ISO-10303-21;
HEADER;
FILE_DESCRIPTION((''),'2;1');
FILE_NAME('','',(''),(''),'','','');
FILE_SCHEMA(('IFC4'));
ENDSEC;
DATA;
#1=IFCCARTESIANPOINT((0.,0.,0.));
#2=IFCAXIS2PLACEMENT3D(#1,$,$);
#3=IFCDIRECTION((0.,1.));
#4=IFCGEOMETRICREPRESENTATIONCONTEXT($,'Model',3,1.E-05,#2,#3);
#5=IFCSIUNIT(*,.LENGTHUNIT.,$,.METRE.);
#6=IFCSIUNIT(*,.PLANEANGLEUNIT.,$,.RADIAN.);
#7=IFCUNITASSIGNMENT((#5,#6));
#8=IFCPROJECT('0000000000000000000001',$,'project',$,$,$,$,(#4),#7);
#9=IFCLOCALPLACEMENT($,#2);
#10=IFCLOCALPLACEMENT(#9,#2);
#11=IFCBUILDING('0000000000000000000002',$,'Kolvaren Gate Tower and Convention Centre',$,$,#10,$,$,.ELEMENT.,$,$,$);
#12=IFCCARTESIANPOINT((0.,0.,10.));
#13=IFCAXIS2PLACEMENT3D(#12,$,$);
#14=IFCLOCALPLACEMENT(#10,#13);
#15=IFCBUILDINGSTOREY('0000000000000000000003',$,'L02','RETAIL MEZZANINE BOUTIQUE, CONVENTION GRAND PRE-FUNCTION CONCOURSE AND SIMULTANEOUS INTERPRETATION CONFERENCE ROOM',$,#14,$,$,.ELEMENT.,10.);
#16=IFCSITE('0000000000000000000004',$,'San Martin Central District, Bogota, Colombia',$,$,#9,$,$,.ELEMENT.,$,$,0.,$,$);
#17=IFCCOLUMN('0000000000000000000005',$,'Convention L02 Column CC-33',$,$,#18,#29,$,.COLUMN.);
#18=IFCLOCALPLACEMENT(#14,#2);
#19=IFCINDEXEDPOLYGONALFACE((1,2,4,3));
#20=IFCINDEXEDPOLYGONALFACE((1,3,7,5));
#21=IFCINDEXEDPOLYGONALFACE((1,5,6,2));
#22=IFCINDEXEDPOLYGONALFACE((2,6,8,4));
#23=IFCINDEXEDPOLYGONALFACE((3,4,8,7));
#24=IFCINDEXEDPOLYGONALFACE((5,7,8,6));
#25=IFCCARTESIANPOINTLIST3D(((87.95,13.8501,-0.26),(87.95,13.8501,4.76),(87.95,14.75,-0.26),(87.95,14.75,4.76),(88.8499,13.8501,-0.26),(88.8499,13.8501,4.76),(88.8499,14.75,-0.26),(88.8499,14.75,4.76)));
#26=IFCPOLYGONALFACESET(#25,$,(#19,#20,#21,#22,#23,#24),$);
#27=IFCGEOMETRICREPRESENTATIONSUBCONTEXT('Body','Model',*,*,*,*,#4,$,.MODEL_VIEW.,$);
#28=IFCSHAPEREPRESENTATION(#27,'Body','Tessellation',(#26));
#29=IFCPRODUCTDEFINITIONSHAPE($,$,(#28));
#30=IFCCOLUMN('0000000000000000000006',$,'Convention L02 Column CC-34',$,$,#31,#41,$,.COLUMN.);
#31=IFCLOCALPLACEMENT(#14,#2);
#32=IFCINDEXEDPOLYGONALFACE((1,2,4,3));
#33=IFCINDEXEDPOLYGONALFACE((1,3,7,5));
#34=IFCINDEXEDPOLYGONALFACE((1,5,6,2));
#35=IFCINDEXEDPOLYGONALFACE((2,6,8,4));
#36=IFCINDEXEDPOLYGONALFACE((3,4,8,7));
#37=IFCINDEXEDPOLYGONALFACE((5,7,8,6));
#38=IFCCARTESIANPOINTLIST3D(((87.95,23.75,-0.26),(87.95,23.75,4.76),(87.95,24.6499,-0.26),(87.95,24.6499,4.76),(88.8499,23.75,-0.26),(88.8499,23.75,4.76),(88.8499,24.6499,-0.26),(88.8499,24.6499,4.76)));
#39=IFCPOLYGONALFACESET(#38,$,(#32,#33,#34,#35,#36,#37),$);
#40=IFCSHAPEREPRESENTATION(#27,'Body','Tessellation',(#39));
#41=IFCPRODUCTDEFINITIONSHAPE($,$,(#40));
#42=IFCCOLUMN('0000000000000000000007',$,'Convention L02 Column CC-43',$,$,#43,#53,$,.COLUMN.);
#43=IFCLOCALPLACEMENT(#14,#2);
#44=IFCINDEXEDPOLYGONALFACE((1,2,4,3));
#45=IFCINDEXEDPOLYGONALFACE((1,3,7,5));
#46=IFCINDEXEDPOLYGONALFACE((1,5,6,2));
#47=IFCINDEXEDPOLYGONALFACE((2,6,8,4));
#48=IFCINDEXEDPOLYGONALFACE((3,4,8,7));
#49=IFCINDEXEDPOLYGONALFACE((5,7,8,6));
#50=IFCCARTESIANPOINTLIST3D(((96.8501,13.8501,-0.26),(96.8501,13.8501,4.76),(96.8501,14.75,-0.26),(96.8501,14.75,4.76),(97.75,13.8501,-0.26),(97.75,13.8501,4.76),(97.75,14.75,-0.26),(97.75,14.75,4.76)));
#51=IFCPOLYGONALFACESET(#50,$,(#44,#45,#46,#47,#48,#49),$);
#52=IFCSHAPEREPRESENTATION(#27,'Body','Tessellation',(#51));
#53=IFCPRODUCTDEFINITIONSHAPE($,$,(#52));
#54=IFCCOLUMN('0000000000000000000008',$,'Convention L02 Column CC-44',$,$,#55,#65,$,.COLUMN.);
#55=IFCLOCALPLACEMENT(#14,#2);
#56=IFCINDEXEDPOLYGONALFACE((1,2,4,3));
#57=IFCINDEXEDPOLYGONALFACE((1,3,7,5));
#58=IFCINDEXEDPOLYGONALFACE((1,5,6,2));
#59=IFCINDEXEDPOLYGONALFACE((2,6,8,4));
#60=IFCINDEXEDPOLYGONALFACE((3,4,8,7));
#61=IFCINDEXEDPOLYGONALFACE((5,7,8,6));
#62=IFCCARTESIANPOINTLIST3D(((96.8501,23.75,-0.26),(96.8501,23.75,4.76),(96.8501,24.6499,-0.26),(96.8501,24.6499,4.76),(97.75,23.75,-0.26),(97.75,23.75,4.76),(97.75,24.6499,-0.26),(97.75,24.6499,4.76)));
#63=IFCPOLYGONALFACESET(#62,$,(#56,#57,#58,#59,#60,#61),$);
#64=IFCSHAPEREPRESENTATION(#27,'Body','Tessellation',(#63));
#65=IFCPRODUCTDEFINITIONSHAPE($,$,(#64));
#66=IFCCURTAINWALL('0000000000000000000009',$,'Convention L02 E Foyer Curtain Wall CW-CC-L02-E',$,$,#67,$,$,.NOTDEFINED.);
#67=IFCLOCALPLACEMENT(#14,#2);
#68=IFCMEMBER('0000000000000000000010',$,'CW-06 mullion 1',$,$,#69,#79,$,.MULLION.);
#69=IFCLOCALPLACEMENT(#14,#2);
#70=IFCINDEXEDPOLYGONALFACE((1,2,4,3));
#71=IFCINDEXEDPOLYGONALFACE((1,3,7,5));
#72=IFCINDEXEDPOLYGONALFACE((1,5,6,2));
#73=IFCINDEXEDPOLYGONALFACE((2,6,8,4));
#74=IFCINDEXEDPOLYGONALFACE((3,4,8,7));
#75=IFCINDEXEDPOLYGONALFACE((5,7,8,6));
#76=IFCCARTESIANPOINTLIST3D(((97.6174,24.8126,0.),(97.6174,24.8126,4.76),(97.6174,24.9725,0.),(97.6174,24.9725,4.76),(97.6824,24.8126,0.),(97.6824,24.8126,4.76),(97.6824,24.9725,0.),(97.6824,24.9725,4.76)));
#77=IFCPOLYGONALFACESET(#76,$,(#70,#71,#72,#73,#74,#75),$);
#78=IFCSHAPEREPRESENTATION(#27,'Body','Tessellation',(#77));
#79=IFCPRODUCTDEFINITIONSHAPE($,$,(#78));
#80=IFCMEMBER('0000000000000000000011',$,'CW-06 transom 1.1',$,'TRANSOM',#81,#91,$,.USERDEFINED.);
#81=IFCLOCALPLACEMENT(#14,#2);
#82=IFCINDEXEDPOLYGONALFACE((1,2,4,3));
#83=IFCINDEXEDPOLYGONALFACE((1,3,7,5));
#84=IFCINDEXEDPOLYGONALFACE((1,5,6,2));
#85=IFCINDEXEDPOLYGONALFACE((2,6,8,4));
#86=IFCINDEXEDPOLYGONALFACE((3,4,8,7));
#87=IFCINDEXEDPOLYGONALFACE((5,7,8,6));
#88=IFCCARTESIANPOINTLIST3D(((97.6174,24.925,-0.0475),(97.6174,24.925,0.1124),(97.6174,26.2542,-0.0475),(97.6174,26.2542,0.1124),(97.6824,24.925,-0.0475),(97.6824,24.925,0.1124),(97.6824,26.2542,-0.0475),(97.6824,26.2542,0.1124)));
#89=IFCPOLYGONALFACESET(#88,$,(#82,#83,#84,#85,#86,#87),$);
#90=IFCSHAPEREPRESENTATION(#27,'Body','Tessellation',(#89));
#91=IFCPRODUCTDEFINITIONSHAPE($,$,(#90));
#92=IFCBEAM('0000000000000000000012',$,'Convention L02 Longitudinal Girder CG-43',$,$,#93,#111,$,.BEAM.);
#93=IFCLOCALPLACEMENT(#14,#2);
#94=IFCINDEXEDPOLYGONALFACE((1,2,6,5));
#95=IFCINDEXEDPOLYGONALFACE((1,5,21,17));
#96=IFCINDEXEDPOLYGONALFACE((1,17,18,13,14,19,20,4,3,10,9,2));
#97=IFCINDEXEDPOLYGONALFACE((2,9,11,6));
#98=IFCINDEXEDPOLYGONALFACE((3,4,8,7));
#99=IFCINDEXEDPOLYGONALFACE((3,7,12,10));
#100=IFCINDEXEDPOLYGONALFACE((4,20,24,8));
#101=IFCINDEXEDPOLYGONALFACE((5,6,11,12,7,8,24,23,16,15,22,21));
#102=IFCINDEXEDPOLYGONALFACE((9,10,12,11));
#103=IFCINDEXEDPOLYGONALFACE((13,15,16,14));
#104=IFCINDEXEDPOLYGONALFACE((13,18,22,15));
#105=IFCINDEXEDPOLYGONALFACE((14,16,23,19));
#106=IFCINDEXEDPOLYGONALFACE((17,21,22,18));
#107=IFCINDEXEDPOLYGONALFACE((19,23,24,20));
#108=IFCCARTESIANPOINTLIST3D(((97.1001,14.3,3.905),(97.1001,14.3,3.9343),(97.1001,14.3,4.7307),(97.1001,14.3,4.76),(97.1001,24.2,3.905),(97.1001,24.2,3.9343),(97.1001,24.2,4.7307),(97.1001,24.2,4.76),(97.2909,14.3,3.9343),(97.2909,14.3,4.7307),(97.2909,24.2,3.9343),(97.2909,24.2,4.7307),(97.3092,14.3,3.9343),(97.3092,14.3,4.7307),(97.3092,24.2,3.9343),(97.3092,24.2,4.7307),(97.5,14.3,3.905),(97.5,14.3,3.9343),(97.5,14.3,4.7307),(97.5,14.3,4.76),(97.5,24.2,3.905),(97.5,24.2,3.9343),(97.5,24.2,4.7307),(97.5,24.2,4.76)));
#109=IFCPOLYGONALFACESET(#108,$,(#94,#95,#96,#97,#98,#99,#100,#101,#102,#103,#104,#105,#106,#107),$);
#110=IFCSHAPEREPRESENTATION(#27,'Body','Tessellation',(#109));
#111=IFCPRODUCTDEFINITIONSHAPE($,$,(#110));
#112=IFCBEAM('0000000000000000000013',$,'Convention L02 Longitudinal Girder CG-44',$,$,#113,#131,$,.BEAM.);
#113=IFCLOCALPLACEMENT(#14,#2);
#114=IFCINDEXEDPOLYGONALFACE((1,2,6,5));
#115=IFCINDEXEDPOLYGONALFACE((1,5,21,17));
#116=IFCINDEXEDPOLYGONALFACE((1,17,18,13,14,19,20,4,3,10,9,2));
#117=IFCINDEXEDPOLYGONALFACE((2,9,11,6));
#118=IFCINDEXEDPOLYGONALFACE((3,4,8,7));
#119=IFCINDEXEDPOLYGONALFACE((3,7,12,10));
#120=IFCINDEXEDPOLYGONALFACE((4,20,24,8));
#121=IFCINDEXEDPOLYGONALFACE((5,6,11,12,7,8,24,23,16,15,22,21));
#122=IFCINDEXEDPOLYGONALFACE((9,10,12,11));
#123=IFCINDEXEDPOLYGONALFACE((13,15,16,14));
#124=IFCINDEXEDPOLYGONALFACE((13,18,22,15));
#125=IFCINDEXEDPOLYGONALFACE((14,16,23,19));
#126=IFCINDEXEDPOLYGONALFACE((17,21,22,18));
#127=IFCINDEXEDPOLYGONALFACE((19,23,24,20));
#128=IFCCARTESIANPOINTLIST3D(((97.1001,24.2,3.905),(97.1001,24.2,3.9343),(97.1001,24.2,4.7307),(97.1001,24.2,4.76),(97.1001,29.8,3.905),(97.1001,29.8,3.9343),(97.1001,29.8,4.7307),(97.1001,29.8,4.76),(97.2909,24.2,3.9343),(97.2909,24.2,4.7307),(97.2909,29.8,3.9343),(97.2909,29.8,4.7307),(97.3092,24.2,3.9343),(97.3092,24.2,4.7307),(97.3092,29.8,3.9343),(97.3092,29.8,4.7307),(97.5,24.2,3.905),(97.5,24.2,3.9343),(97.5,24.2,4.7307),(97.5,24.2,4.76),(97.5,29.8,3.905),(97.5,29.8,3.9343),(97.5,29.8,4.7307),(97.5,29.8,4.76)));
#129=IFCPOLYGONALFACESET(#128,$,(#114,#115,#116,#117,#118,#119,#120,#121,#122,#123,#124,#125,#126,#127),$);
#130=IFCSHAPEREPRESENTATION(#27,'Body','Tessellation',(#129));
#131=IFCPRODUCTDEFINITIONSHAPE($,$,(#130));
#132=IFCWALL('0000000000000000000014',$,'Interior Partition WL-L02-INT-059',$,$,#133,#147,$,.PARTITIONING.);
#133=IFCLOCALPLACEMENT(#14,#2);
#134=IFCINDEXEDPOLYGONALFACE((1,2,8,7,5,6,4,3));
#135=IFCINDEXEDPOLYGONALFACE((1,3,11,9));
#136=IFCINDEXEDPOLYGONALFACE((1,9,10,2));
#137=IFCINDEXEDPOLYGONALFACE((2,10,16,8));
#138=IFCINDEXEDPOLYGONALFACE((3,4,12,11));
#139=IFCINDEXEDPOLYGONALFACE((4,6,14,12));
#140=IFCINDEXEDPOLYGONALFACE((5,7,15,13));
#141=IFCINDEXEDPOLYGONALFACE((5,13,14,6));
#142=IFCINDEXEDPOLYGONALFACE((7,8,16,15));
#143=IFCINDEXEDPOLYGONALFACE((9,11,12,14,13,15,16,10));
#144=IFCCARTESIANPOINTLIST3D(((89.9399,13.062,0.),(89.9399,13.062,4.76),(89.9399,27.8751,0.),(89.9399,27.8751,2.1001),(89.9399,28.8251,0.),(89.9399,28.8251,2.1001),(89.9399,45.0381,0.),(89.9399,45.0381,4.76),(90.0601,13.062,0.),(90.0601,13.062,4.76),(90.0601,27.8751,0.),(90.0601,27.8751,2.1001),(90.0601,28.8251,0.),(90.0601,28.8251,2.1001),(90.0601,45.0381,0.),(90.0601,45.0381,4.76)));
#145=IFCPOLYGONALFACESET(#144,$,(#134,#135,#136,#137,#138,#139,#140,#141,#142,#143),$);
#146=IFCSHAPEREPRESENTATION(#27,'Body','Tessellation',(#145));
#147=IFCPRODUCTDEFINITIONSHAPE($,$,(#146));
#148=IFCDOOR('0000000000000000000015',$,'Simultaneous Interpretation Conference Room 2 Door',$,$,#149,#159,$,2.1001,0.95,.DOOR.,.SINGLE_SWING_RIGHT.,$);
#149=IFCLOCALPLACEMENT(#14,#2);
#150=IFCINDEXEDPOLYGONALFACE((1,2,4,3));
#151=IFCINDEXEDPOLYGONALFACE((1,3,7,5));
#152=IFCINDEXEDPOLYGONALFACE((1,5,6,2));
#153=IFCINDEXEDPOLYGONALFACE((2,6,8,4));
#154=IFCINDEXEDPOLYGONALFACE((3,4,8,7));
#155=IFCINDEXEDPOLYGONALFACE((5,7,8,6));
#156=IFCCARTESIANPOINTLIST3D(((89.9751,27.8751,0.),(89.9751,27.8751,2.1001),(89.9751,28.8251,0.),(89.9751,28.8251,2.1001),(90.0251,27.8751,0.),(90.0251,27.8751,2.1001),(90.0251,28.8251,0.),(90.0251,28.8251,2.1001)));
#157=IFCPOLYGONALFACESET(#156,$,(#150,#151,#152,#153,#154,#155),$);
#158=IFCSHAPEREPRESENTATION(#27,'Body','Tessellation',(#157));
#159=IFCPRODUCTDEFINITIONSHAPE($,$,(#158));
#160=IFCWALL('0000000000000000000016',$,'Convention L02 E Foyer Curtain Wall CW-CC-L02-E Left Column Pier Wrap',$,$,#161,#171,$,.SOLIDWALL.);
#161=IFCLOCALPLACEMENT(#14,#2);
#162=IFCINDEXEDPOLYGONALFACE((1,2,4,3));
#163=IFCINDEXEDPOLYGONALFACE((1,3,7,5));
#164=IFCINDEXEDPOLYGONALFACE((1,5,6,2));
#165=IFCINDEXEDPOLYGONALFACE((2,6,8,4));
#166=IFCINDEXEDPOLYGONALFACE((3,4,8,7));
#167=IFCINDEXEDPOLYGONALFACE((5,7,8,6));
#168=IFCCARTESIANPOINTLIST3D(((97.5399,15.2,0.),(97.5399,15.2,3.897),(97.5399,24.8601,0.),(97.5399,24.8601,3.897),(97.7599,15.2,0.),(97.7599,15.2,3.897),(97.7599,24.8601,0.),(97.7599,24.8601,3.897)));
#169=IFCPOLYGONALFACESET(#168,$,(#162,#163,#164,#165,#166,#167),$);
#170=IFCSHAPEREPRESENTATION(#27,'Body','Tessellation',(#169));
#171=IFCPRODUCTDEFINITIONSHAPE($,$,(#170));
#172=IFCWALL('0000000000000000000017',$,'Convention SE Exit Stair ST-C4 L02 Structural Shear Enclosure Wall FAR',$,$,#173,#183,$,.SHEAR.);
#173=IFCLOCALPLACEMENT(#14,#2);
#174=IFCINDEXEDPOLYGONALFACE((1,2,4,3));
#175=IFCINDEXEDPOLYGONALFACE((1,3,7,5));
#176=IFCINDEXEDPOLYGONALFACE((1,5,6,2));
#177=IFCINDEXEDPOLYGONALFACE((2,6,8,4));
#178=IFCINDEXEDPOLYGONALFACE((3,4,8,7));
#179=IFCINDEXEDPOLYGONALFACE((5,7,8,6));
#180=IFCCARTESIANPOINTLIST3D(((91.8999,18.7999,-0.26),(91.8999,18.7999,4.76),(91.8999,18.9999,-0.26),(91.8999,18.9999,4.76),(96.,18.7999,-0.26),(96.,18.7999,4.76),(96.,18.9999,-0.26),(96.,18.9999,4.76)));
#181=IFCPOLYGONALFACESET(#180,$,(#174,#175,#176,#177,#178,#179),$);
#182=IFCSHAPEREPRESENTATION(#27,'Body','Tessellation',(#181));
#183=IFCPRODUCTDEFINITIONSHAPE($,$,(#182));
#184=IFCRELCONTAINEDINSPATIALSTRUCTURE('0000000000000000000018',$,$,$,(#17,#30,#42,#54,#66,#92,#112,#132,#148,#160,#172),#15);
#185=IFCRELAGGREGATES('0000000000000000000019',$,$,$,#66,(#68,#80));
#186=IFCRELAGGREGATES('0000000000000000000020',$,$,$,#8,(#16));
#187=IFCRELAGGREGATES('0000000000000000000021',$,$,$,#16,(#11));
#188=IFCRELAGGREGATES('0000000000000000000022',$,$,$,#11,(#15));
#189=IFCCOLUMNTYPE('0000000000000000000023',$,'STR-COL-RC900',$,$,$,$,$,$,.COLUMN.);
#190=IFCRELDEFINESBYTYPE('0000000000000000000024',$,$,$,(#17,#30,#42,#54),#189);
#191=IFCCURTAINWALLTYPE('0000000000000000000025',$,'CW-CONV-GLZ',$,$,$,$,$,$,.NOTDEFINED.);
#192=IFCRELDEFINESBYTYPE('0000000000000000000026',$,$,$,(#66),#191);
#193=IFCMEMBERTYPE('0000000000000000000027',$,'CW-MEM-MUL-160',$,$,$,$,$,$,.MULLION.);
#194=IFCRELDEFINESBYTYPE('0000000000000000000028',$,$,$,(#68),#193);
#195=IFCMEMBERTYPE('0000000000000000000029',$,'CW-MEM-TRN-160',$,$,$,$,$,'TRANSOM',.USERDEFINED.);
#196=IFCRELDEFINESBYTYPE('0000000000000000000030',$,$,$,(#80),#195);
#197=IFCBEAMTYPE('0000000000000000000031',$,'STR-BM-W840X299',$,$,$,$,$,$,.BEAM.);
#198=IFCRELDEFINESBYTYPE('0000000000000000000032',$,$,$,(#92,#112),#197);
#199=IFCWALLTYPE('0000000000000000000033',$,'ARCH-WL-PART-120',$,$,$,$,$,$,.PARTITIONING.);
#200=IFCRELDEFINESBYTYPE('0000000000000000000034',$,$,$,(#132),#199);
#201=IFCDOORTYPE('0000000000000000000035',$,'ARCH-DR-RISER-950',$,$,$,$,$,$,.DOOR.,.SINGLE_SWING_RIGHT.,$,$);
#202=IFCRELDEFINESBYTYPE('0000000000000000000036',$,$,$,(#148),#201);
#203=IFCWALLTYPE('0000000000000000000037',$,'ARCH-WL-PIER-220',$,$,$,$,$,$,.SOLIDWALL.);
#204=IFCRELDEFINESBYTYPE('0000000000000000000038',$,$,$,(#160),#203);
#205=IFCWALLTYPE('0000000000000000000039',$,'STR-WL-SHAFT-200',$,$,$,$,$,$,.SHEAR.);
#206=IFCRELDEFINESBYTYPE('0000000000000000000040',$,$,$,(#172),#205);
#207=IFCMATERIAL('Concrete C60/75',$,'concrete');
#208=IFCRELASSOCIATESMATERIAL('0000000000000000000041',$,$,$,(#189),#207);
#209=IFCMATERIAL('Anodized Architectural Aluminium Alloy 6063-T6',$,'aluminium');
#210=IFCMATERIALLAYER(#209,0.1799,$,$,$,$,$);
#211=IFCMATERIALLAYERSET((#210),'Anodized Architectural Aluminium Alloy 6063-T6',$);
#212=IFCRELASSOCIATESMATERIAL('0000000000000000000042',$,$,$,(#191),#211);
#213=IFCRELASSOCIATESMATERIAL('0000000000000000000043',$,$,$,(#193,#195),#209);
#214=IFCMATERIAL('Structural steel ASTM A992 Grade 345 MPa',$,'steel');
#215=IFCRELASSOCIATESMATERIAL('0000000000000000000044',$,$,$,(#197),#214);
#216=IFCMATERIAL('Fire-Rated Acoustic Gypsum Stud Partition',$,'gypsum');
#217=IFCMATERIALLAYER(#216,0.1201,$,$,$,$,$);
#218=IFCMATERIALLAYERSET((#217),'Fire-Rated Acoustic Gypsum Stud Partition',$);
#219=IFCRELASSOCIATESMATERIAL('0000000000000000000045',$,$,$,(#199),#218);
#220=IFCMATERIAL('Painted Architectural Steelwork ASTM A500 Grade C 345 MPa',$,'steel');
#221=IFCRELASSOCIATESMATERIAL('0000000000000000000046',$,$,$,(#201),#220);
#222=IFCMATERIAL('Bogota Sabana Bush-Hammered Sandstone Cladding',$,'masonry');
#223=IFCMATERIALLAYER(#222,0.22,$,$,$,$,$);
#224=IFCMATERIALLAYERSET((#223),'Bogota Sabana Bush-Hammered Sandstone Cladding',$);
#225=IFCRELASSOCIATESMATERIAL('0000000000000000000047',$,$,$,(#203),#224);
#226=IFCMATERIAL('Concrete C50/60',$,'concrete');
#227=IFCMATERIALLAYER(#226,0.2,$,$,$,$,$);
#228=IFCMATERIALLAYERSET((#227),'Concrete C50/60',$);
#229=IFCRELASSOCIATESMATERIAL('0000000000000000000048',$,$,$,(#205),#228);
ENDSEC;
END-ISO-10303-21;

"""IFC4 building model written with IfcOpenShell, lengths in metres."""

from ifc_helpers import new_model, si_unit, direction, frame, frame_2d, origin, origin_2d, place, context, subcontext, project, spatial, rectangle, i_section, extrude, material, layer, layer_set, material_profile, profile_set, type_object, element, fill, aggregate, save


model = new_model("IFC4")

# Units and contexts
model_context = context("Model", 3, precision=1e-05, world=origin(), true_north=direction((0.0, 1.0)))
body_context = subcontext(model_context, "Body", "Model", "MODEL_VIEW")
ifc_project = project(units=[si_unit("LENGTHUNIT", "METRE"), si_unit("PLANEANGLEUNIT", "RADIAN")], contexts=[model_context])

# Site, building, storey
site_placement = place(None, origin())
site = spatial("IfcSite", under=ifc_project, at=site_placement, Name="San Martin Central District, Bogota, Colombia", CompositionType="ELEMENT", RefElevation=0.0)
building_placement = place(site_placement, origin())
building = spatial("IfcBuilding", under=site, at=building_placement, Name="Kolvaren Gate Tower and Convention Centre", CompositionType="ELEMENT")
storey_placement = place(building_placement, frame((0.0, 0.0, 10.0)))
storey = spatial("IfcBuildingStorey", under=building, at=storey_placement, Name="L02", Description="RETAIL MEZZANINE BOUTIQUE, CONVENTION GRAND PRE-FUNCTION CONCOURSE AND SIMULTANEOUS INTERPRETATION CONFERENCE ROOM", CompositionType="ELEMENT", Elevation=10.0)

# Columns
ifc_material_1 = material(Name="Concrete C60/75", Category="concrete")
ifc_material_profile_1 = material_profile(ifc_material_1, rectangle(XDim=0.8999, YDim=0.8999, at=origin_2d()), Name="RC-COL-900X900")
ifc_profile_set_1 = profile_set([ifc_material_profile_1], Name="Concrete C60/75")
column_type = type_object("IfcColumnType", Name="STR-COL-RC900", PredefinedType="COLUMN", material=ifc_profile_set_1)
for number, where, z_axis, x_axis, name in (
    (1, (88.3999, 14.3, -0.26), (0.0, 0.0, 1.0), (1.0, 0.0, 0.0), "Convention L02 Column CC-33"),
    (2, (88.3999, 24.2, -0.26), (0.0, 0.0, 1.0), (1.0, 0.0, 0.0), "Convention L02 Column CC-34"),
    (3, (97.3, 14.3, -0.26), (0.0, 0.0, 1.0), (1.0, 0.0, 0.0), "Convention L02 Column CC-43"),
    (4, (97.3, 24.2, -0.26), (0.0, 0.0, 1.0), (1.0, 0.0, 0.0), "Convention L02 Column CC-44"),
):
    element("IfcColumn", number, at=place(storey_placement, frame(where, z_axis=z_axis, x_axis=x_axis)), inside=storey, type_object=column_type, Name=name, PredefinedType="COLUMN", context=body_context, shape_type="SweptSolid", body=[
        extrude(rectangle(XDim=0.8999, YDim=0.8999, at=origin_2d()), origin(), (0.0, 0.0, 1.0), 5.02),
    ])

# Curtain wall, members
ifc_material_2 = material(Name="Anodized Architectural Aluminium Alloy 6063-T6", Category="aluminium")
ifc_layer_1 = layer(ifc_material_2, 0.1799)
ifc_layer_set_1 = layer_set([ifc_layer_1], Name="Anodized Architectural Aluminium Alloy 6063-T6")
curtain_wall_type = type_object("IfcCurtainWallType", Name="CW-CONV-GLZ", PredefinedType="NOTDEFINED", material=ifc_layer_set_1)
curtain_wall_placement = place(storey_placement, origin())
curtain_wall = element("IfcCurtainWall", 5, at=curtain_wall_placement, inside=storey, type_object=curtain_wall_type, Name="Convention L02 E Foyer Curtain Wall CW-CC-L02-E", PredefinedType="NOTDEFINED")
ifc_material_profile_2 = material_profile(ifc_material_2, rectangle(XDim=0.0649, YDim=0.1599, at=origin_2d()), Name="CW-MEM-MUL-160")
ifc_profile_set_2 = profile_set([ifc_material_profile_2], Name="Anodized Architectural Aluminium Alloy 6063-T6")
member_type_1 = type_object("IfcMemberType", Name="CW-MEM-MUL-160", PredefinedType="MULLION", material=ifc_profile_set_2)
member_1_placement = place(storey_placement, frame((97.6499, 24.8926, 0.0), z_axis=(0.0, 0.0, 1.0), x_axis=(-1.0, 0.0, 0.0)))
member_1 = element("IfcMember", 6, at=member_1_placement, type_object=member_type_1, Name="CW-06 mullion 1", PredefinedType="MULLION", context=body_context, shape_type="SweptSolid", body=[
    extrude(rectangle(XDim=0.0649, YDim=0.1599, at=origin_2d()), origin(), (0.0, 0.0, 1.0), 4.76),
])
ifc_material_profile_3 = material_profile(ifc_material_2, rectangle(XDim=0.0649, YDim=0.1599, at=origin_2d()), Name="CW-MEM-TRN-160")
ifc_profile_set_3 = profile_set([ifc_material_profile_3], Name="Anodized Architectural Aluminium Alloy 6063-T6")
member_type_2 = type_object("IfcMemberType", Name="CW-MEM-TRN-160", ElementType="TRANSOM", PredefinedType="USERDEFINED", material=ifc_profile_set_3)
member_2_placement = place(storey_placement, frame((97.6499, 24.925, 0.0325), z_axis=(0.0, 1.0, 0.0), x_axis=(-1.0, 0.0, 0.0)))
member_2 = element("IfcMember", 7, at=member_2_placement, type_object=member_type_2, Name="CW-06 transom 1.1", ObjectType="TRANSOM", PredefinedType="USERDEFINED", context=body_context, shape_type="SweptSolid", body=[
    extrude(rectangle(XDim=0.0649, YDim=0.1599, at=origin_2d()), origin(), (0.0, 0.0, 1.0), 1.3291),
])
aggregate(curtain_wall, [member_1, member_2])

# Beams
ifc_material_3 = material(Name="Structural steel ASTM A992 Grade 345 MPa", Category="steel")
ifc_material_profile_4 = material_profile(ifc_material_3, i_section(OverallWidth=0.3999, OverallDepth=0.855, WebThickness=0.0183, FlangeThickness=0.0293, at=origin_2d()), Name="W840X299")
ifc_profile_set_4 = profile_set([ifc_material_profile_4], Name="Structural steel ASTM A992 Grade 345 MPa")
beam_type = type_object("IfcBeamType", Name="STR-BM-W840X299", PredefinedType="BEAM", material=ifc_profile_set_4)
beam_1_placement = place(storey_placement, frame((97.3, 14.3, 4.3325), z_axis=(0.0, 1.0, 0.0), x_axis=(-1.0, 0.0, 0.0)))
element("IfcBeam", 8, at=beam_1_placement, inside=storey, type_object=beam_type, Name="Convention L02 Longitudinal Girder CG-43", PredefinedType="BEAM", context=body_context, shape_type="SweptSolid", body=[
    extrude(i_section(OverallWidth=0.3999, OverallDepth=0.855, WebThickness=0.0183, FlangeThickness=0.0293, at=origin_2d()), origin(), (0.0, 0.0, 1.0), 9.8999),
])
beam_2_placement = place(storey_placement, frame((97.3, 24.2, 4.3325), z_axis=(0.0, 1.0, 0.0), x_axis=(-1.0, 0.0, 0.0)))
element("IfcBeam", 9, at=beam_2_placement, inside=storey, type_object=beam_type, Name="Convention L02 Longitudinal Girder CG-44", PredefinedType="BEAM", context=body_context, shape_type="SweptSolid", body=[
    extrude(i_section(OverallWidth=0.3999, OverallDepth=0.855, WebThickness=0.0183, FlangeThickness=0.0293, at=origin_2d()), origin(), (0.0, 0.0, 1.0), 5.6001),
])

# Wall, opening, door
ifc_material_4 = material(Name="Fire-Rated Acoustic Gypsum Stud Partition", Category="gypsum")
ifc_layer_2 = layer(ifc_material_4, 0.1201)
ifc_layer_set_2 = layer_set([ifc_layer_2], Name="Fire-Rated Acoustic Gypsum Stud Partition")
wall_type_1 = type_object("IfcWallType", Name="ARCH-WL-PART-120", PredefinedType="PARTITIONING", material=ifc_layer_set_2)
wall_1_placement = place(storey_placement, frame((90.0, 13.062, 0.0), z_axis=(0.0, 0.0, 1.0), x_axis=(0.0, 1.0, 0.0)))
wall_1 = element("IfcWall", 10, at=wall_1_placement, inside=storey, type_object=wall_type_1, Name="Interior Partition WL-L02-INT-059", PredefinedType="PARTITIONING", context=body_context, shape_type="SweptSolid", body=[
    extrude(rectangle(XDim=31.9761, YDim=0.1201, at=frame_2d((15.988, 0.0))), origin(), (0.0, 0.0, 1.0), 4.76),
])
opening_1_placement = place(wall_1_placement, frame((14.813, 0.0, 0.0)))
opening_1 = element("IfcOpeningElement", 11, at=opening_1_placement, cuts=wall_1, PredefinedType="OPENING", context=body_context, shape_type="SweptSolid", body=[
    extrude(rectangle(XDim=0.95, YDim=2.1001, at=frame_2d((0.4751, 1.05))), frame((0.0, 0.0701, 0.0), z_axis=(0.0, -1.0, 0.0), x_axis=(1.0, 0.0, 0.0)), (0.0, 0.0, 1.0), 0.1401),
])
ifc_material_5 = material(Name="Painted Architectural Steelwork ASTM A500 Grade C 345 MPa", Category="steel")
door_type_1 = type_object("IfcDoorType", Name="ARCH-DR-RISER-950", OperationType="SINGLE_SWING_RIGHT", PredefinedType="DOOR", material=ifc_material_5)
door_1_placement = place(opening_1_placement, origin())
door_1 = element("IfcDoor", 12, at=door_1_placement, inside=storey, type_object=door_type_1, Name="Simultaneous Interpretation Conference Room 2 Door", OperationType="SINGLE_SWING_RIGHT", OverallHeight=2.1001, OverallWidth=0.95, PredefinedType="DOOR", context=body_context, shape_type="SweptSolid", body=[
    extrude(rectangle(XDim=0.95, YDim=2.1001, at=frame_2d((0.4751, 1.05))), frame((0.0, 0.0249, 0.0), z_axis=(0.0, -1.0, 0.0), x_axis=(1.0, 0.0, 0.0)), (0.0, 0.0, 1.0), 0.05),
])
fill(opening_1, door_1)

# Walls
ifc_material_6 = material(Name="Bogota Sabana Bush-Hammered Sandstone Cladding", Category="masonry")
ifc_layer_3 = layer(ifc_material_6, 0.22)
ifc_layer_set_3 = layer_set([ifc_layer_3], Name="Bogota Sabana Bush-Hammered Sandstone Cladding")
wall_type_2 = type_object("IfcWallType", Name="ARCH-WL-PIER-220", PredefinedType="SOLIDWALL", material=ifc_layer_set_3)
wall_2_placement = place(storey_placement, frame((97.6499, 15.2, 0.0), z_axis=(0.0, 0.0, 1.0), x_axis=(0.0, 1.0, 0.0)))
element("IfcWall", 13, at=wall_2_placement, inside=storey, type_object=wall_type_2, Name="Convention L02 E Foyer Curtain Wall CW-CC-L02-E Left Column Pier Wrap", PredefinedType="SOLIDWALL", context=body_context, shape_type="SweptSolid", body=[
    extrude(rectangle(XDim=9.6602, YDim=0.22, at=frame_2d((4.8301, 0.0))), origin(), (0.0, 0.0, 1.0), 3.897),
])
ifc_material_7 = material(Name="Concrete C50/60", Category="concrete")
ifc_layer_4 = layer(ifc_material_7, 0.2)
ifc_layer_set_4 = layer_set([ifc_layer_4], Name="Concrete C50/60")
wall_type_3 = type_object("IfcWallType", Name="STR-WL-SHAFT-200", PredefinedType="SHEAR", material=ifc_layer_set_4)
wall_3_placement = place(storey_placement, frame((91.8999, 18.8999, -0.26), z_axis=(0.0, 0.0, 1.0), x_axis=(1.0, 0.0, 0.0)))
element("IfcWall", 14, at=wall_3_placement, inside=storey, type_object=wall_type_3, Name="Convention SE Exit Stair ST-C4 L02 Structural Shear Enclosure Wall FAR", PredefinedType="SHEAR", context=body_context, shape_type="SweptSolid", body=[
    extrude(rectangle(XDim=4.1001, YDim=0.2, at=frame_2d((2.05, 0.0))), origin(), (0.0, 0.0, 1.0), 5.02),
])

save(model, "model.ifc")
